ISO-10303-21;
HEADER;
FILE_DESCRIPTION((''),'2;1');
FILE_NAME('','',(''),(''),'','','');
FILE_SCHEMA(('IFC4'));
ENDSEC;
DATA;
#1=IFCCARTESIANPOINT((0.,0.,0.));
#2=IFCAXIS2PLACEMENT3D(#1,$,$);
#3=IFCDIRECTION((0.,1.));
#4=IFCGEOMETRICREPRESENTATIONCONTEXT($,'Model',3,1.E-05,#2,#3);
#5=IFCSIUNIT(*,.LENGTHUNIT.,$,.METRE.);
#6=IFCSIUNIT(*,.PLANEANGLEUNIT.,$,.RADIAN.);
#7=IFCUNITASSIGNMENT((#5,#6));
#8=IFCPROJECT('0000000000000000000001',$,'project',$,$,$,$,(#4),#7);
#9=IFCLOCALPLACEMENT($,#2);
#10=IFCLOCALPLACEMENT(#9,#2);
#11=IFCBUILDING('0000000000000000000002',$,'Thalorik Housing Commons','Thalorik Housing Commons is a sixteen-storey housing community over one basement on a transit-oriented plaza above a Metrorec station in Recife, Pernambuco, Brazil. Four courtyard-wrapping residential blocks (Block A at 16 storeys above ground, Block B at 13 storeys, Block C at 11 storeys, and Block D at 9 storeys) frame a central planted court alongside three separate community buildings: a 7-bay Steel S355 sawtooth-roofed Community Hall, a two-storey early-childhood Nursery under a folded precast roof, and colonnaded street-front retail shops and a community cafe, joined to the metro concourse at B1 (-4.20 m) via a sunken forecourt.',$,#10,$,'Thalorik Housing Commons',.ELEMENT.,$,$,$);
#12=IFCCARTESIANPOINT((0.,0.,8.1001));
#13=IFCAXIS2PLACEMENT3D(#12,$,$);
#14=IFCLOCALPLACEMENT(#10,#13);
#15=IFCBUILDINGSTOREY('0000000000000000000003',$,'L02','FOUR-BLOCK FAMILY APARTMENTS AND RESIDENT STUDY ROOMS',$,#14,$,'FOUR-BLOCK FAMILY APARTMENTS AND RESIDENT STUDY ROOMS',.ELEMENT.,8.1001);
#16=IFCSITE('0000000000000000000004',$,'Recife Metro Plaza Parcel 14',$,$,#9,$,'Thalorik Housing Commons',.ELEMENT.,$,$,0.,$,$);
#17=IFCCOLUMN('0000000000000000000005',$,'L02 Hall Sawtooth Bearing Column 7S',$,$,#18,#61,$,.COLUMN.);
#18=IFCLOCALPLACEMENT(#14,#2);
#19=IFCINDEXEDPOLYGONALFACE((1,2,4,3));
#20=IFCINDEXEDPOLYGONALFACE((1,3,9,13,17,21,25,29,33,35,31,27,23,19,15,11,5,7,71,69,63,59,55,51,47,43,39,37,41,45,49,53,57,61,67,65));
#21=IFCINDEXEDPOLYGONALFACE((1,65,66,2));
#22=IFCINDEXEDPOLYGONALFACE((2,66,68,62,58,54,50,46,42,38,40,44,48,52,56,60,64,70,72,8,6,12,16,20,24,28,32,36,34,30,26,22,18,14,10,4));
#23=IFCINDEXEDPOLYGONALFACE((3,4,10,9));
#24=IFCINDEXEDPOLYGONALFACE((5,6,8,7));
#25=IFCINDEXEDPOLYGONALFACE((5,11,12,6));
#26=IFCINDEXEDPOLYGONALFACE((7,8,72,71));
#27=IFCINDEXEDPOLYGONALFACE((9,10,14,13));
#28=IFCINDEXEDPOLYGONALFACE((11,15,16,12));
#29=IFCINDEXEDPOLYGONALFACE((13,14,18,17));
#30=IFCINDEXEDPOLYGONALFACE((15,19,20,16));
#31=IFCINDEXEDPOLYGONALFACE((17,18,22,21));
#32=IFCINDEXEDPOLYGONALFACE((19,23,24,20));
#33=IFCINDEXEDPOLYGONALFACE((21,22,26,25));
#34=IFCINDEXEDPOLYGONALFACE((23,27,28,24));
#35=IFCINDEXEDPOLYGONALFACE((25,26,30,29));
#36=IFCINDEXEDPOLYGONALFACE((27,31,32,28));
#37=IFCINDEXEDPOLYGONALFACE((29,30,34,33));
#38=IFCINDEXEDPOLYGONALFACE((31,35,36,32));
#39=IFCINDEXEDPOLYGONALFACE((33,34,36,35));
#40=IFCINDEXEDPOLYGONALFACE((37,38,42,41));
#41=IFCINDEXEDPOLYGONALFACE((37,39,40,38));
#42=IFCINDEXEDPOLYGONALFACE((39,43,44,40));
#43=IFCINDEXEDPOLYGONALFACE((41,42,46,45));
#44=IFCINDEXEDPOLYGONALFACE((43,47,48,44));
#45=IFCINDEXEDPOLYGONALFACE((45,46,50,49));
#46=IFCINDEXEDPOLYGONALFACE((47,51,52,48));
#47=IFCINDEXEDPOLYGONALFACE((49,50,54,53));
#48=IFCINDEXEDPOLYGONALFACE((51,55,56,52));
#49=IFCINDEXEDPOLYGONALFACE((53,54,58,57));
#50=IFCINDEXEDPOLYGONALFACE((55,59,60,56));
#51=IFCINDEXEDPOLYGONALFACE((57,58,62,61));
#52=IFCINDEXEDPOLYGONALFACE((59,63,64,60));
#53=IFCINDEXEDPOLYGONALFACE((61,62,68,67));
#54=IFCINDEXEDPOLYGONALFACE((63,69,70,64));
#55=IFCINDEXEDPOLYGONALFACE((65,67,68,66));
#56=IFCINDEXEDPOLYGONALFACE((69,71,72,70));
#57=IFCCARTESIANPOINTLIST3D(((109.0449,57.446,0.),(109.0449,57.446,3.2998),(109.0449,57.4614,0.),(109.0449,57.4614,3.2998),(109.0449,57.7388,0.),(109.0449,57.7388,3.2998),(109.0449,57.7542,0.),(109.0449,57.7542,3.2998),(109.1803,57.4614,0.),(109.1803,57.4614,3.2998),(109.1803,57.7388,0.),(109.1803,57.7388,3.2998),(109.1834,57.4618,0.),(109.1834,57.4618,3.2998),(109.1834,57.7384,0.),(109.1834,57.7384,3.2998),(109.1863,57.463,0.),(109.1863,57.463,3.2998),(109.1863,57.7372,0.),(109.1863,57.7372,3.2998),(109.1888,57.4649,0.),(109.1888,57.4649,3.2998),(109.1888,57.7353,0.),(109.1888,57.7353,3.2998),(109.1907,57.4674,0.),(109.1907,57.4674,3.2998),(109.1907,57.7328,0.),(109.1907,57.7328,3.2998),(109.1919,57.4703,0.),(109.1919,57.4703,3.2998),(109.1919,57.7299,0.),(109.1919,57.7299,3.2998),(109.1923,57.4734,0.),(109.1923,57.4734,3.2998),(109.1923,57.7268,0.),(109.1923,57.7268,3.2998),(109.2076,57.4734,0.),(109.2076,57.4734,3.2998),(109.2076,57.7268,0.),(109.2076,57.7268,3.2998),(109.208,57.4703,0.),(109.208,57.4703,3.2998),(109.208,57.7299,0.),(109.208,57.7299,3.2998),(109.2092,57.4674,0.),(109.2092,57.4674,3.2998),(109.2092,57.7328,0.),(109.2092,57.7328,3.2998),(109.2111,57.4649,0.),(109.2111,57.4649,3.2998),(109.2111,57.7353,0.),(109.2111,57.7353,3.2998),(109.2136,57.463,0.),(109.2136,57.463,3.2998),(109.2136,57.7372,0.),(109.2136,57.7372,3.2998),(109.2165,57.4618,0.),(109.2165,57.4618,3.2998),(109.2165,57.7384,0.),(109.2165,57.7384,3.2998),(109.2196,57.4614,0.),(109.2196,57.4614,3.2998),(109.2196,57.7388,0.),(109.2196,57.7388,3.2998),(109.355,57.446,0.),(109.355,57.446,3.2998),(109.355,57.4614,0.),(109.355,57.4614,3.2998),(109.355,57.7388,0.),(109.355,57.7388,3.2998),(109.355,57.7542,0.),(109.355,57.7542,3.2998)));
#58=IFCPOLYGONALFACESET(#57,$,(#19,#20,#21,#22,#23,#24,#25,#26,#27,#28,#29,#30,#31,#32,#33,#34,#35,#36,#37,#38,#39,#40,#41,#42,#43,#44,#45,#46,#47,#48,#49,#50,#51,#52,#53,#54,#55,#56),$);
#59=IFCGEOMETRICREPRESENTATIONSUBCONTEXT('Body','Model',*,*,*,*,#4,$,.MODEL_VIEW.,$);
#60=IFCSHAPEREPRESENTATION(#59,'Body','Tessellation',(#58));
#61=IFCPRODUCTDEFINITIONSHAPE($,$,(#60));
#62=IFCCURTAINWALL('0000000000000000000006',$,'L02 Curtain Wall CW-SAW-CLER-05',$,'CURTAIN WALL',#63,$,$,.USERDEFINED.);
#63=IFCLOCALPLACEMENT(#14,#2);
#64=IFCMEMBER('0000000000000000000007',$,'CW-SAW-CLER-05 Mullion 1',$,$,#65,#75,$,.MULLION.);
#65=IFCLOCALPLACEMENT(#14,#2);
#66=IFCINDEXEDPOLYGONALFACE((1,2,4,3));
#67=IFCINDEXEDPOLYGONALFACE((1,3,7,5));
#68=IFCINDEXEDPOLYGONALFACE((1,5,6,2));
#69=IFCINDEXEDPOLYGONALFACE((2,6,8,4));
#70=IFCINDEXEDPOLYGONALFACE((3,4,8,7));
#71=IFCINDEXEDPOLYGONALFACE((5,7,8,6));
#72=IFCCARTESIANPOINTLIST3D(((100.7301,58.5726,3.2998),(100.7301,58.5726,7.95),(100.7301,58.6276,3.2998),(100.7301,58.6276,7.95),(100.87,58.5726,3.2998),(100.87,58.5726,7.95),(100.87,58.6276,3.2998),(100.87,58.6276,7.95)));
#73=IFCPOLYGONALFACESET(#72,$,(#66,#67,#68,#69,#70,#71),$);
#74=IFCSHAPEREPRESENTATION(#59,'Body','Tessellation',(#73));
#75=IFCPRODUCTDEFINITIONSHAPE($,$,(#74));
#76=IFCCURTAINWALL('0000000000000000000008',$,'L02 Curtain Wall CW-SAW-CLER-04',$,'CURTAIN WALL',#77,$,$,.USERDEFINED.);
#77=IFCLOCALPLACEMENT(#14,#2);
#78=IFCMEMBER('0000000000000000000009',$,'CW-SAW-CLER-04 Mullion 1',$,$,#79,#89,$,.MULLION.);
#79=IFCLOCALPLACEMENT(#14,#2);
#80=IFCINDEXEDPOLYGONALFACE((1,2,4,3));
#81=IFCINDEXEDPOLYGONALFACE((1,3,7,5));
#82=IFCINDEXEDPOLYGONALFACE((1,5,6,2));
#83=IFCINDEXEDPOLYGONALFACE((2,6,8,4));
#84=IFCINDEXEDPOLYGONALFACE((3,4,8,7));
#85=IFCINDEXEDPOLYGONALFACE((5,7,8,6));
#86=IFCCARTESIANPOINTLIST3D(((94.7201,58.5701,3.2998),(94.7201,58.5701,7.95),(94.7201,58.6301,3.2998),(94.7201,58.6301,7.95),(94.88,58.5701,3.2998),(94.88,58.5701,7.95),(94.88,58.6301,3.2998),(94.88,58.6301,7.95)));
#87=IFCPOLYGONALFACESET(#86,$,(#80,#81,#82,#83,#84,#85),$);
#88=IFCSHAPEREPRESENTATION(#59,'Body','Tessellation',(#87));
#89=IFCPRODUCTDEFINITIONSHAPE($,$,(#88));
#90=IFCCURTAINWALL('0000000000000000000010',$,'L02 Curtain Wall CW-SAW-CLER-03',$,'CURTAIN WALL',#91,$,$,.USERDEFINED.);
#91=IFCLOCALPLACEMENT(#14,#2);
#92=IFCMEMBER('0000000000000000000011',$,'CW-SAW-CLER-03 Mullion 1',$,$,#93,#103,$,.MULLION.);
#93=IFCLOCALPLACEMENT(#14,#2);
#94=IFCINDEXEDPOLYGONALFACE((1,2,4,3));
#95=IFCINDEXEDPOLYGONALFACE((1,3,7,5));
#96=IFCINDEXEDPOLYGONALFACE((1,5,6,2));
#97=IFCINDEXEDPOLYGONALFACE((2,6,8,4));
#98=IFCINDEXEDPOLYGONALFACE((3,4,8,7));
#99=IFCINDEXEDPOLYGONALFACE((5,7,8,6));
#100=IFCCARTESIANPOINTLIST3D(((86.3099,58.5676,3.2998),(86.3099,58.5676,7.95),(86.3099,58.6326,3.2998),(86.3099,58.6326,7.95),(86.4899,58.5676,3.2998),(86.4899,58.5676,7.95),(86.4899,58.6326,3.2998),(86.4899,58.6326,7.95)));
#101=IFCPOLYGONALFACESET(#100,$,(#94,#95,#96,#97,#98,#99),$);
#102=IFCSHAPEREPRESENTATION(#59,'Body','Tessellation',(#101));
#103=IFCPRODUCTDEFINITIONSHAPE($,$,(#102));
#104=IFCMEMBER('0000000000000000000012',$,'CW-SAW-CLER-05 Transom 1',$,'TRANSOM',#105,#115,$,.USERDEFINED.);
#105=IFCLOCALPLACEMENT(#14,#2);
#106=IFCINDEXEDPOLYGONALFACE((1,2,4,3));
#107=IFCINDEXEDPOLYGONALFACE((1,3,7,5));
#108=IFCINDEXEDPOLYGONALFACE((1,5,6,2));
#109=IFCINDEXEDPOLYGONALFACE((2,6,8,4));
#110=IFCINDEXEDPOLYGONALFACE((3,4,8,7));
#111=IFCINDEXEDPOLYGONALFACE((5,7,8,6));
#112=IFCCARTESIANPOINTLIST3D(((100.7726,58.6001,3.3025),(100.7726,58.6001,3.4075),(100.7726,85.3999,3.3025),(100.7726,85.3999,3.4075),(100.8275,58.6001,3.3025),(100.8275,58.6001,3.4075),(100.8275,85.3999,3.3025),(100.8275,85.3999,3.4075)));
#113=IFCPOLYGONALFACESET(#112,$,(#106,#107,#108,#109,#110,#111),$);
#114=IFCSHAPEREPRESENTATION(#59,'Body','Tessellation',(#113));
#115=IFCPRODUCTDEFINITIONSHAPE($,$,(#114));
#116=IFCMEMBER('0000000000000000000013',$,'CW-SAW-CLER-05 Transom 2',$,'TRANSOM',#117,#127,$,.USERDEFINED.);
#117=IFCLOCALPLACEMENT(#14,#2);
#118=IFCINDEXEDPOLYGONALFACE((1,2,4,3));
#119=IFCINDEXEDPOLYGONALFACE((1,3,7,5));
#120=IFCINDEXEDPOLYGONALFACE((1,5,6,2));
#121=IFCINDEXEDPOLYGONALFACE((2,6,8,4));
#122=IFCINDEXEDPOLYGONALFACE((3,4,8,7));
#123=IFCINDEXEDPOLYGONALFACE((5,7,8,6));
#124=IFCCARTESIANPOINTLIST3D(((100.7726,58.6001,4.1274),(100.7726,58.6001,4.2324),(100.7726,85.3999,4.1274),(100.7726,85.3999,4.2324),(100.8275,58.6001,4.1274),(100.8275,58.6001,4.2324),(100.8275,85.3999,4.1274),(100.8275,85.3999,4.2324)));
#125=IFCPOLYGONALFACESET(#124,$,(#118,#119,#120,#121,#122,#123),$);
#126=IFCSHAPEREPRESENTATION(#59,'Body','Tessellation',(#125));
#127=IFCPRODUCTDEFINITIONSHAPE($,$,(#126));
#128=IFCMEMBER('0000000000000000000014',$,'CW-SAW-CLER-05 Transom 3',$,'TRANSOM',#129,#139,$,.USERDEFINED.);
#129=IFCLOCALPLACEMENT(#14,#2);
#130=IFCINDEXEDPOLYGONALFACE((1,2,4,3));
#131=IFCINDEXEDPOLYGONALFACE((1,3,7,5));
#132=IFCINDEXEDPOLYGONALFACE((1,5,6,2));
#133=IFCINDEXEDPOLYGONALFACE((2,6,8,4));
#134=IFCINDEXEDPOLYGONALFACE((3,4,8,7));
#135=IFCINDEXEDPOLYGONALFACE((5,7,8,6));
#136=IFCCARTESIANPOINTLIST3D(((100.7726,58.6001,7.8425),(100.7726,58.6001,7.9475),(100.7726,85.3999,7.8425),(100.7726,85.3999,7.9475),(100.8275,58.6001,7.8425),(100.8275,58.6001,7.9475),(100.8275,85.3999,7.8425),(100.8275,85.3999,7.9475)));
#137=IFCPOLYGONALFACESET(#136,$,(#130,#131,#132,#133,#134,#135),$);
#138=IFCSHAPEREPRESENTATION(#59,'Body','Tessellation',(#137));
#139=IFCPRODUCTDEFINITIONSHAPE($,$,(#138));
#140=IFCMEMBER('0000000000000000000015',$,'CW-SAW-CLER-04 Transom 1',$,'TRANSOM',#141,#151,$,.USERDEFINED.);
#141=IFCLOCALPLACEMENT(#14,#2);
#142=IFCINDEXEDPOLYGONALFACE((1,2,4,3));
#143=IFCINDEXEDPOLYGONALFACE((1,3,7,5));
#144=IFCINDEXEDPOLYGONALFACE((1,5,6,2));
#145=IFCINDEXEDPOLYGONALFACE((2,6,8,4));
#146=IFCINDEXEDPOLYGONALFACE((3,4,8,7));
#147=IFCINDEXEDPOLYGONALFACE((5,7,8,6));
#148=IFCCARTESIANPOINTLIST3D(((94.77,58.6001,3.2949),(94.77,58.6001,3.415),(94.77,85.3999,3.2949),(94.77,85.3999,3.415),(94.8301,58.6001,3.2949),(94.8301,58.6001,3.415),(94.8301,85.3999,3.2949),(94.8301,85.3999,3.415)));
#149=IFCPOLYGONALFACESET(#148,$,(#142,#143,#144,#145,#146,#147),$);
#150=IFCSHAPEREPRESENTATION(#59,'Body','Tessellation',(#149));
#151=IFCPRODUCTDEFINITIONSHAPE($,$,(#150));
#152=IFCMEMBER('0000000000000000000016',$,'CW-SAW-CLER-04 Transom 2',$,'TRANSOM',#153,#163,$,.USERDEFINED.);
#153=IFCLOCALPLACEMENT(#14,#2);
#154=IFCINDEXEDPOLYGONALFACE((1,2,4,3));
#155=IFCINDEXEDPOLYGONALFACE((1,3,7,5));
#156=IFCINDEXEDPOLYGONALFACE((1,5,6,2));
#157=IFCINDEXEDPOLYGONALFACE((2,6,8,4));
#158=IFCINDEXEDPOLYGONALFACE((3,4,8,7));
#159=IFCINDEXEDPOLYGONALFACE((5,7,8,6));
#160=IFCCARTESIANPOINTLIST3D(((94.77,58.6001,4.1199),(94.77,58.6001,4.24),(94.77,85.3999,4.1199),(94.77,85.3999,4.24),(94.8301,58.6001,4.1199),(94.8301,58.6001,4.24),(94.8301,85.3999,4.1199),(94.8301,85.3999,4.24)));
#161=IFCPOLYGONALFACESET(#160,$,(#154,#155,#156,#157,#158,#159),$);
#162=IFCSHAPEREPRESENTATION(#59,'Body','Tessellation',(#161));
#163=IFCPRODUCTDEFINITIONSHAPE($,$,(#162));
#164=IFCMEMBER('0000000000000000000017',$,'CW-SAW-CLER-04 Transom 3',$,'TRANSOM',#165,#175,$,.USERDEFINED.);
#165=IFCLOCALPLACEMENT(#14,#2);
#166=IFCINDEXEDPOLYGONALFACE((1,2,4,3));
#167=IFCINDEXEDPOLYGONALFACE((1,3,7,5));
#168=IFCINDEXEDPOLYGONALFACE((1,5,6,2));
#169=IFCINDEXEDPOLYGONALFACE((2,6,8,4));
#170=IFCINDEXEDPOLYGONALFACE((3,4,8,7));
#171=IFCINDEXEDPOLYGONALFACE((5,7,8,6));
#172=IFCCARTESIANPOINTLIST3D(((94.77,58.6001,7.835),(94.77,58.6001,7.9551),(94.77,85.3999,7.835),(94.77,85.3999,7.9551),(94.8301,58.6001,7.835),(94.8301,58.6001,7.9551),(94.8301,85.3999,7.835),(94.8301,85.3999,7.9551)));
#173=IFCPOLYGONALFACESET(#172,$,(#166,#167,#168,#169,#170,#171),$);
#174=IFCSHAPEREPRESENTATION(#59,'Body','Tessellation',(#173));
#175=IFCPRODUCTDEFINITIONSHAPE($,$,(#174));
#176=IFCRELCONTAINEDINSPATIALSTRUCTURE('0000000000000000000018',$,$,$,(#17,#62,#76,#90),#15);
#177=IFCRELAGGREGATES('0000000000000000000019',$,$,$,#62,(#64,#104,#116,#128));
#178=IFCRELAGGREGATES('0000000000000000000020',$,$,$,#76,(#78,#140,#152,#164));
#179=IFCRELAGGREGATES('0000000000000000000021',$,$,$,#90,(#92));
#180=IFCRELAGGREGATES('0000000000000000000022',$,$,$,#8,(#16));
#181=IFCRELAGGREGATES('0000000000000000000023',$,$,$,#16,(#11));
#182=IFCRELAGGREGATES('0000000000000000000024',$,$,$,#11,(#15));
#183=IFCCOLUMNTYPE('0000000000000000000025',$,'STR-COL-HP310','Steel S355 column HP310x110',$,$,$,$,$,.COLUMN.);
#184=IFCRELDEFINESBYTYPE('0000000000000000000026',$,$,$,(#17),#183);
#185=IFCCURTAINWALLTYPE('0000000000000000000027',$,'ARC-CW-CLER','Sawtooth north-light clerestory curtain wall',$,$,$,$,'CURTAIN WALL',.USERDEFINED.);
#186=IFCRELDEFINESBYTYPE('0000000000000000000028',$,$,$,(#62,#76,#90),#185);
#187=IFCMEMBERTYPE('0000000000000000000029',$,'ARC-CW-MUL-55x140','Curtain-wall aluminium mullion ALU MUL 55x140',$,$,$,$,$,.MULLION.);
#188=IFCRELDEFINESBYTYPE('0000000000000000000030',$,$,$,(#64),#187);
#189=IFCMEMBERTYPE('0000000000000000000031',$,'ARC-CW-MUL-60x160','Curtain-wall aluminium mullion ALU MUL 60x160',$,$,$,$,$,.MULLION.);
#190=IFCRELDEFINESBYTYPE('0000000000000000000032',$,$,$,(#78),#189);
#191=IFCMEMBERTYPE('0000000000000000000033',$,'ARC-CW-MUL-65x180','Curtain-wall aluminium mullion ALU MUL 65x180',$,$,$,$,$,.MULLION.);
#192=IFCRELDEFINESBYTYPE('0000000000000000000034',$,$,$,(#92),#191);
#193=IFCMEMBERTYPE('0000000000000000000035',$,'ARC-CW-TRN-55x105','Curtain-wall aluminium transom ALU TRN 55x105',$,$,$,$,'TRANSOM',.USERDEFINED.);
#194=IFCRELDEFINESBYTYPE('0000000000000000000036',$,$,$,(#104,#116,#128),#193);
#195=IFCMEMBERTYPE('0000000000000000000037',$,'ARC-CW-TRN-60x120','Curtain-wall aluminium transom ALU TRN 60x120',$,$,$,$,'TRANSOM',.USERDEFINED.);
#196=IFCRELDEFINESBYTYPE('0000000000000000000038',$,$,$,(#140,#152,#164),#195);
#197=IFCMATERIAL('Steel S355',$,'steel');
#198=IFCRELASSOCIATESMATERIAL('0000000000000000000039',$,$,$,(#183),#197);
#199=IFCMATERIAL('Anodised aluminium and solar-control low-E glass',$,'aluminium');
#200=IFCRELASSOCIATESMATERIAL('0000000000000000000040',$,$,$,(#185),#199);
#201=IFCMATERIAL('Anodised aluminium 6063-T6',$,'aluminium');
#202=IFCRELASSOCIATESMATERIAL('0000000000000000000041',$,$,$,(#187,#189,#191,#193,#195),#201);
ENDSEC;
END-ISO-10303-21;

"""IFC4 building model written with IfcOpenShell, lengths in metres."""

from ifc_helpers import new_model, si_unit, direction, frame, origin, origin_2d, place, context, subcontext, project, spatial, rectangle, i_section, extrude, material, material_profile, profile_set, type_object, element, aggregate, save


model = new_model("IFC4")

# Units and contexts
model_context = context("Model", 3, precision=1e-05, world=origin(), true_north=direction((0.0, 1.0)))
body_context = subcontext(model_context, "Body", "Model", "MODEL_VIEW")
ifc_project = project(units=[si_unit("LENGTHUNIT", "METRE"), si_unit("PLANEANGLEUNIT", "RADIAN")], contexts=[model_context])

# Site, building, storey
site_placement = place(None, origin())
site = spatial("IfcSite", under=ifc_project, at=site_placement, Name="Recife Metro Plaza Parcel 14", LongName="Thalorik Housing Commons", CompositionType="ELEMENT", RefElevation=0.0)
building_placement = place(site_placement, origin())
building = spatial("IfcBuilding", under=site, at=building_placement, Name="Thalorik Housing Commons", Description="Thalorik Housing Commons is a sixteen-storey housing community over one basement on a transit-oriented plaza above a Metrorec station in Recife, Pernambuco, Brazil. Four courtyard-wrapping residential blocks (Block A at 16 storeys above ground, Block B at 13 storeys, Block C at 11 storeys, and Block D at 9 storeys) frame a central planted court alongside three separate community buildings: a 7-bay Steel S355 sawtooth-roofed Community Hall, a two-storey early-childhood Nursery under a folded precast roof, and colonnaded street-front retail shops and a community cafe, joined to the metro concourse at B1 (-4.20 m) via a sunken forecourt.", LongName="Thalorik Housing Commons", CompositionType="ELEMENT")
storey_placement = place(building_placement, frame((0.0, 0.0, 8.1001)))
storey = spatial("IfcBuildingStorey", under=building, at=storey_placement, Name="L02", Description="FOUR-BLOCK FAMILY APARTMENTS AND RESIDENT STUDY ROOMS", LongName="FOUR-BLOCK FAMILY APARTMENTS AND RESIDENT STUDY ROOMS", CompositionType="ELEMENT", Elevation=8.1001)

# Column
ifc_material_1 = material(Name="Steel S355", Category="steel")
ifc_material_profile_1 = material_profile(ifc_material_1, i_section(OverallWidth=0.3101, OverallDepth=0.3081, WebThickness=0.0154, FlangeThickness=0.0154, FilletRadius=0.012, at=origin_2d()), Name="HP310x110", Category="steel")
ifc_profile_set_1 = profile_set([ifc_material_profile_1], Name="Steel S355")
column_type = type_object("IfcColumnType", Name="STR-COL-HP310", Description="Steel S355 column HP310x110", PredefinedType="COLUMN", material=ifc_profile_set_1)
column_placement = place(storey_placement, frame((109.2, 57.6001, 0.0), z_axis=(0.0, 0.0, 1.0), x_axis=(1.0, 0.0, 0.0)))
element("IfcColumn", 1, at=column_placement, inside=storey, type_object=column_type, Name="L02 Hall Sawtooth Bearing Column 7S", PredefinedType="COLUMN", context=body_context, shape_type="SweptSolid", body=[
    extrude(i_section(OverallWidth=0.3101, OverallDepth=0.3081, WebThickness=0.0154, FlangeThickness=0.0154, FilletRadius=0.012, at=origin_2d()), origin(), (0.0, 0.0, 1.0), 3.2998),
])

# Curtain walls, members
ifc_material_2 = material(Name="Anodised aluminium and solar-control low-E glass", Category="aluminium")
curtain_wall_type = type_object("IfcCurtainWallType", Name="ARC-CW-CLER", Description="Sawtooth north-light clerestory curtain wall", ElementType="CURTAIN WALL", PredefinedType="USERDEFINED", material=ifc_material_2)
curtain_wall_1_placement = place(storey_placement, origin())
curtain_wall_1 = element("IfcCurtainWall", 2, at=curtain_wall_1_placement, inside=storey, type_object=curtain_wall_type, Name="L02 Curtain Wall CW-SAW-CLER-05", ObjectType="CURTAIN WALL", PredefinedType="USERDEFINED")
ifc_material_3 = material(Name="Anodised aluminium 6063-T6", Category="aluminium")
ifc_material_profile_2 = material_profile(ifc_material_3, rectangle(XDim=0.0549, YDim=0.1399, at=origin_2d()), Name="ALU MUL 55x140", Category="aluminium")
ifc_profile_set_2 = profile_set([ifc_material_profile_2], Name="Anodised aluminium 6063-T6")
member_type_1 = type_object("IfcMemberType", Name="ARC-CW-MUL-55x140", Description="Curtain-wall aluminium mullion ALU MUL 55x140", PredefinedType="MULLION", material=ifc_profile_set_2)
member_1_placement = place(storey_placement, frame((100.8, 58.6001, 3.2998), z_axis=(0.0, 0.0, 1.0), x_axis=(0.0, 1.0, 0.0)))
member_1 = element("IfcMember", 3, at=member_1_placement, type_object=member_type_1, Name="CW-SAW-CLER-05 Mullion 1", PredefinedType="MULLION", context=body_context, shape_type="SweptSolid", body=[
    extrude(rectangle(XDim=0.0549, YDim=0.1399, at=origin_2d()), origin(), (0.0, 0.0, 1.0), 4.6501),
])
curtain_wall_2_placement = place(storey_placement, origin())
curtain_wall_2 = element("IfcCurtainWall", 4, at=curtain_wall_2_placement, inside=storey, type_object=curtain_wall_type, Name="L02 Curtain Wall CW-SAW-CLER-04", ObjectType="CURTAIN WALL", PredefinedType="USERDEFINED")
ifc_material_profile_3 = material_profile(ifc_material_3, rectangle(XDim=0.0601, YDim=0.1599, at=origin_2d()), Name="ALU MUL 60x160", Category="aluminium")
ifc_profile_set_3 = profile_set([ifc_material_profile_3], Name="Anodised aluminium 6063-T6")
member_type_2 = type_object("IfcMemberType", Name="ARC-CW-MUL-60x160", Description="Curtain-wall aluminium mullion ALU MUL 60x160", PredefinedType="MULLION", material=ifc_profile_set_3)
member_2_placement = place(storey_placement, frame((94.8, 58.6001, 3.2998), z_axis=(0.0, 0.0, 1.0), x_axis=(0.0, 1.0, 0.0)))
member_2 = element("IfcMember", 5, at=member_2_placement, type_object=member_type_2, Name="CW-SAW-CLER-04 Mullion 1", PredefinedType="MULLION", context=body_context, shape_type="SweptSolid", body=[
    extrude(rectangle(XDim=0.0601, YDim=0.1599, at=origin_2d()), origin(), (0.0, 0.0, 1.0), 4.6501),
])
curtain_wall_3_placement = place(storey_placement, origin())
curtain_wall_3 = element("IfcCurtainWall", 6, at=curtain_wall_3_placement, inside=storey, type_object=curtain_wall_type, Name="L02 Curtain Wall CW-SAW-CLER-03", ObjectType="CURTAIN WALL", PredefinedType="USERDEFINED")
ifc_material_profile_4 = material_profile(ifc_material_3, rectangle(XDim=0.0649, YDim=0.1799, at=origin_2d()), Name="ALU MUL 65x180", Category="aluminium")
ifc_profile_set_4 = profile_set([ifc_material_profile_4], Name="Anodised aluminium 6063-T6")
member_type_3 = type_object("IfcMemberType", Name="ARC-CW-MUL-65x180", Description="Curtain-wall aluminium mullion ALU MUL 65x180", PredefinedType="MULLION", material=ifc_profile_set_4)
member_3_placement = place(storey_placement, frame((86.3999, 58.6001, 3.2998), z_axis=(0.0, 0.0, 1.0), x_axis=(0.0, 1.0, 0.0)))
member_3 = element("IfcMember", 7, at=member_3_placement, type_object=member_type_3, Name="CW-SAW-CLER-03 Mullion 1", PredefinedType="MULLION", context=body_context, shape_type="SweptSolid", body=[
    extrude(rectangle(XDim=0.0649, YDim=0.1799, at=origin_2d()), origin(), (0.0, 0.0, 1.0), 4.6501),
])

# Members
ifc_material_profile_5 = material_profile(ifc_material_3, rectangle(XDim=0.0549, YDim=0.105, at=origin_2d()), Name="ALU TRN 55x105", Category="aluminium")
ifc_profile_set_5 = profile_set([ifc_material_profile_5], Name="Anodised aluminium 6063-T6")
member_type_4 = type_object("IfcMemberType", Name="ARC-CW-TRN-55x105", Description="Curtain-wall aluminium transom ALU TRN 55x105", ElementType="TRANSOM", PredefinedType="USERDEFINED", material=ifc_profile_set_5)
member_4_placement = place(storey_placement, frame((100.8, 58.6001, 3.355), z_axis=(0.0, 1.0, 0.0), x_axis=(-1.0, 0.0, 0.0)))
member_4 = element("IfcMember", 8, at=member_4_placement, type_object=member_type_4, Name="CW-SAW-CLER-05 Transom 1", ObjectType="TRANSOM", PredefinedType="USERDEFINED", context=body_context, shape_type="SweptSolid", body=[
    extrude(rectangle(XDim=0.0549, YDim=0.105, at=origin_2d()), origin(), (0.0, 0.0, 1.0), 26.7998),
])
member_5_placement = place(storey_placement, frame((100.8, 58.6001, 4.1799), z_axis=(0.0, 1.0, 0.0), x_axis=(-1.0, 0.0, 0.0)))
member_5 = element("IfcMember", 9, at=member_5_placement, type_object=member_type_4, Name="CW-SAW-CLER-05 Transom 2", ObjectType="TRANSOM", PredefinedType="USERDEFINED", context=body_context, shape_type="SweptSolid", body=[
    extrude(rectangle(XDim=0.0549, YDim=0.105, at=origin_2d()), origin(), (0.0, 0.0, 1.0), 26.7998),
])
member_6_placement = place(storey_placement, frame((100.8, 58.6001, 7.895), z_axis=(0.0, 1.0, 0.0), x_axis=(-1.0, 0.0, 0.0)))
member_6 = element("IfcMember", 10, at=member_6_placement, type_object=member_type_4, Name="CW-SAW-CLER-05 Transom 3", ObjectType="TRANSOM", PredefinedType="USERDEFINED", context=body_context, shape_type="SweptSolid", body=[
    extrude(rectangle(XDim=0.0549, YDim=0.105, at=origin_2d()), origin(), (0.0, 0.0, 1.0), 26.7998),
])
aggregate(curtain_wall_1, [member_1, member_4, member_5, member_6])
ifc_material_profile_6 = material_profile(ifc_material_3, rectangle(XDim=0.0601, YDim=0.1201, at=origin_2d()), Name="ALU TRN 60x120", Category="aluminium")
ifc_profile_set_6 = profile_set([ifc_material_profile_6], Name="Anodised aluminium 6063-T6")
member_type_5 = type_object("IfcMemberType", Name="ARC-CW-TRN-60x120", Description="Curtain-wall aluminium transom ALU TRN 60x120", ElementType="TRANSOM", PredefinedType="USERDEFINED", material=ifc_profile_set_6)
member_7_placement = place(storey_placement, frame((94.8, 58.6001, 3.355), z_axis=(0.0, 1.0, 0.0), x_axis=(-1.0, 0.0, 0.0)))
member_7 = element("IfcMember", 11, at=member_7_placement, type_object=member_type_5, Name="CW-SAW-CLER-04 Transom 1", ObjectType="TRANSOM", PredefinedType="USERDEFINED", context=body_context, shape_type="SweptSolid", body=[
    extrude(rectangle(XDim=0.0601, YDim=0.1201, at=origin_2d()), origin(), (0.0, 0.0, 1.0), 26.7998),
])
member_8_placement = place(storey_placement, frame((94.8, 58.6001, 4.1799), z_axis=(0.0, 1.0, 0.0), x_axis=(-1.0, 0.0, 0.0)))
member_8 = element("IfcMember", 12, at=member_8_placement, type_object=member_type_5, Name="CW-SAW-CLER-04 Transom 2", ObjectType="TRANSOM", PredefinedType="USERDEFINED", context=body_context, shape_type="SweptSolid", body=[
    extrude(rectangle(XDim=0.0601, YDim=0.1201, at=origin_2d()), origin(), (0.0, 0.0, 1.0), 26.7998),
])
member_9_placement = place(storey_placement, frame((94.8, 58.6001, 7.895), z_axis=(0.0, 1.0, 0.0), x_axis=(-1.0, 0.0, 0.0)))
member_9 = element("IfcMember", 13, at=member_9_placement, type_object=member_type_5, Name="CW-SAW-CLER-04 Transom 3", ObjectType="TRANSOM", PredefinedType="USERDEFINED", context=body_context, shape_type="SweptSolid", body=[
    extrude(rectangle(XDim=0.0601, YDim=0.1201, at=origin_2d()), origin(), (0.0, 0.0, 1.0), 26.7998),
])
aggregate(curtain_wall_2, [member_2, member_7, member_8, member_9])
aggregate(curtain_wall_3, [member_3])

save(model, "model.ifc")
